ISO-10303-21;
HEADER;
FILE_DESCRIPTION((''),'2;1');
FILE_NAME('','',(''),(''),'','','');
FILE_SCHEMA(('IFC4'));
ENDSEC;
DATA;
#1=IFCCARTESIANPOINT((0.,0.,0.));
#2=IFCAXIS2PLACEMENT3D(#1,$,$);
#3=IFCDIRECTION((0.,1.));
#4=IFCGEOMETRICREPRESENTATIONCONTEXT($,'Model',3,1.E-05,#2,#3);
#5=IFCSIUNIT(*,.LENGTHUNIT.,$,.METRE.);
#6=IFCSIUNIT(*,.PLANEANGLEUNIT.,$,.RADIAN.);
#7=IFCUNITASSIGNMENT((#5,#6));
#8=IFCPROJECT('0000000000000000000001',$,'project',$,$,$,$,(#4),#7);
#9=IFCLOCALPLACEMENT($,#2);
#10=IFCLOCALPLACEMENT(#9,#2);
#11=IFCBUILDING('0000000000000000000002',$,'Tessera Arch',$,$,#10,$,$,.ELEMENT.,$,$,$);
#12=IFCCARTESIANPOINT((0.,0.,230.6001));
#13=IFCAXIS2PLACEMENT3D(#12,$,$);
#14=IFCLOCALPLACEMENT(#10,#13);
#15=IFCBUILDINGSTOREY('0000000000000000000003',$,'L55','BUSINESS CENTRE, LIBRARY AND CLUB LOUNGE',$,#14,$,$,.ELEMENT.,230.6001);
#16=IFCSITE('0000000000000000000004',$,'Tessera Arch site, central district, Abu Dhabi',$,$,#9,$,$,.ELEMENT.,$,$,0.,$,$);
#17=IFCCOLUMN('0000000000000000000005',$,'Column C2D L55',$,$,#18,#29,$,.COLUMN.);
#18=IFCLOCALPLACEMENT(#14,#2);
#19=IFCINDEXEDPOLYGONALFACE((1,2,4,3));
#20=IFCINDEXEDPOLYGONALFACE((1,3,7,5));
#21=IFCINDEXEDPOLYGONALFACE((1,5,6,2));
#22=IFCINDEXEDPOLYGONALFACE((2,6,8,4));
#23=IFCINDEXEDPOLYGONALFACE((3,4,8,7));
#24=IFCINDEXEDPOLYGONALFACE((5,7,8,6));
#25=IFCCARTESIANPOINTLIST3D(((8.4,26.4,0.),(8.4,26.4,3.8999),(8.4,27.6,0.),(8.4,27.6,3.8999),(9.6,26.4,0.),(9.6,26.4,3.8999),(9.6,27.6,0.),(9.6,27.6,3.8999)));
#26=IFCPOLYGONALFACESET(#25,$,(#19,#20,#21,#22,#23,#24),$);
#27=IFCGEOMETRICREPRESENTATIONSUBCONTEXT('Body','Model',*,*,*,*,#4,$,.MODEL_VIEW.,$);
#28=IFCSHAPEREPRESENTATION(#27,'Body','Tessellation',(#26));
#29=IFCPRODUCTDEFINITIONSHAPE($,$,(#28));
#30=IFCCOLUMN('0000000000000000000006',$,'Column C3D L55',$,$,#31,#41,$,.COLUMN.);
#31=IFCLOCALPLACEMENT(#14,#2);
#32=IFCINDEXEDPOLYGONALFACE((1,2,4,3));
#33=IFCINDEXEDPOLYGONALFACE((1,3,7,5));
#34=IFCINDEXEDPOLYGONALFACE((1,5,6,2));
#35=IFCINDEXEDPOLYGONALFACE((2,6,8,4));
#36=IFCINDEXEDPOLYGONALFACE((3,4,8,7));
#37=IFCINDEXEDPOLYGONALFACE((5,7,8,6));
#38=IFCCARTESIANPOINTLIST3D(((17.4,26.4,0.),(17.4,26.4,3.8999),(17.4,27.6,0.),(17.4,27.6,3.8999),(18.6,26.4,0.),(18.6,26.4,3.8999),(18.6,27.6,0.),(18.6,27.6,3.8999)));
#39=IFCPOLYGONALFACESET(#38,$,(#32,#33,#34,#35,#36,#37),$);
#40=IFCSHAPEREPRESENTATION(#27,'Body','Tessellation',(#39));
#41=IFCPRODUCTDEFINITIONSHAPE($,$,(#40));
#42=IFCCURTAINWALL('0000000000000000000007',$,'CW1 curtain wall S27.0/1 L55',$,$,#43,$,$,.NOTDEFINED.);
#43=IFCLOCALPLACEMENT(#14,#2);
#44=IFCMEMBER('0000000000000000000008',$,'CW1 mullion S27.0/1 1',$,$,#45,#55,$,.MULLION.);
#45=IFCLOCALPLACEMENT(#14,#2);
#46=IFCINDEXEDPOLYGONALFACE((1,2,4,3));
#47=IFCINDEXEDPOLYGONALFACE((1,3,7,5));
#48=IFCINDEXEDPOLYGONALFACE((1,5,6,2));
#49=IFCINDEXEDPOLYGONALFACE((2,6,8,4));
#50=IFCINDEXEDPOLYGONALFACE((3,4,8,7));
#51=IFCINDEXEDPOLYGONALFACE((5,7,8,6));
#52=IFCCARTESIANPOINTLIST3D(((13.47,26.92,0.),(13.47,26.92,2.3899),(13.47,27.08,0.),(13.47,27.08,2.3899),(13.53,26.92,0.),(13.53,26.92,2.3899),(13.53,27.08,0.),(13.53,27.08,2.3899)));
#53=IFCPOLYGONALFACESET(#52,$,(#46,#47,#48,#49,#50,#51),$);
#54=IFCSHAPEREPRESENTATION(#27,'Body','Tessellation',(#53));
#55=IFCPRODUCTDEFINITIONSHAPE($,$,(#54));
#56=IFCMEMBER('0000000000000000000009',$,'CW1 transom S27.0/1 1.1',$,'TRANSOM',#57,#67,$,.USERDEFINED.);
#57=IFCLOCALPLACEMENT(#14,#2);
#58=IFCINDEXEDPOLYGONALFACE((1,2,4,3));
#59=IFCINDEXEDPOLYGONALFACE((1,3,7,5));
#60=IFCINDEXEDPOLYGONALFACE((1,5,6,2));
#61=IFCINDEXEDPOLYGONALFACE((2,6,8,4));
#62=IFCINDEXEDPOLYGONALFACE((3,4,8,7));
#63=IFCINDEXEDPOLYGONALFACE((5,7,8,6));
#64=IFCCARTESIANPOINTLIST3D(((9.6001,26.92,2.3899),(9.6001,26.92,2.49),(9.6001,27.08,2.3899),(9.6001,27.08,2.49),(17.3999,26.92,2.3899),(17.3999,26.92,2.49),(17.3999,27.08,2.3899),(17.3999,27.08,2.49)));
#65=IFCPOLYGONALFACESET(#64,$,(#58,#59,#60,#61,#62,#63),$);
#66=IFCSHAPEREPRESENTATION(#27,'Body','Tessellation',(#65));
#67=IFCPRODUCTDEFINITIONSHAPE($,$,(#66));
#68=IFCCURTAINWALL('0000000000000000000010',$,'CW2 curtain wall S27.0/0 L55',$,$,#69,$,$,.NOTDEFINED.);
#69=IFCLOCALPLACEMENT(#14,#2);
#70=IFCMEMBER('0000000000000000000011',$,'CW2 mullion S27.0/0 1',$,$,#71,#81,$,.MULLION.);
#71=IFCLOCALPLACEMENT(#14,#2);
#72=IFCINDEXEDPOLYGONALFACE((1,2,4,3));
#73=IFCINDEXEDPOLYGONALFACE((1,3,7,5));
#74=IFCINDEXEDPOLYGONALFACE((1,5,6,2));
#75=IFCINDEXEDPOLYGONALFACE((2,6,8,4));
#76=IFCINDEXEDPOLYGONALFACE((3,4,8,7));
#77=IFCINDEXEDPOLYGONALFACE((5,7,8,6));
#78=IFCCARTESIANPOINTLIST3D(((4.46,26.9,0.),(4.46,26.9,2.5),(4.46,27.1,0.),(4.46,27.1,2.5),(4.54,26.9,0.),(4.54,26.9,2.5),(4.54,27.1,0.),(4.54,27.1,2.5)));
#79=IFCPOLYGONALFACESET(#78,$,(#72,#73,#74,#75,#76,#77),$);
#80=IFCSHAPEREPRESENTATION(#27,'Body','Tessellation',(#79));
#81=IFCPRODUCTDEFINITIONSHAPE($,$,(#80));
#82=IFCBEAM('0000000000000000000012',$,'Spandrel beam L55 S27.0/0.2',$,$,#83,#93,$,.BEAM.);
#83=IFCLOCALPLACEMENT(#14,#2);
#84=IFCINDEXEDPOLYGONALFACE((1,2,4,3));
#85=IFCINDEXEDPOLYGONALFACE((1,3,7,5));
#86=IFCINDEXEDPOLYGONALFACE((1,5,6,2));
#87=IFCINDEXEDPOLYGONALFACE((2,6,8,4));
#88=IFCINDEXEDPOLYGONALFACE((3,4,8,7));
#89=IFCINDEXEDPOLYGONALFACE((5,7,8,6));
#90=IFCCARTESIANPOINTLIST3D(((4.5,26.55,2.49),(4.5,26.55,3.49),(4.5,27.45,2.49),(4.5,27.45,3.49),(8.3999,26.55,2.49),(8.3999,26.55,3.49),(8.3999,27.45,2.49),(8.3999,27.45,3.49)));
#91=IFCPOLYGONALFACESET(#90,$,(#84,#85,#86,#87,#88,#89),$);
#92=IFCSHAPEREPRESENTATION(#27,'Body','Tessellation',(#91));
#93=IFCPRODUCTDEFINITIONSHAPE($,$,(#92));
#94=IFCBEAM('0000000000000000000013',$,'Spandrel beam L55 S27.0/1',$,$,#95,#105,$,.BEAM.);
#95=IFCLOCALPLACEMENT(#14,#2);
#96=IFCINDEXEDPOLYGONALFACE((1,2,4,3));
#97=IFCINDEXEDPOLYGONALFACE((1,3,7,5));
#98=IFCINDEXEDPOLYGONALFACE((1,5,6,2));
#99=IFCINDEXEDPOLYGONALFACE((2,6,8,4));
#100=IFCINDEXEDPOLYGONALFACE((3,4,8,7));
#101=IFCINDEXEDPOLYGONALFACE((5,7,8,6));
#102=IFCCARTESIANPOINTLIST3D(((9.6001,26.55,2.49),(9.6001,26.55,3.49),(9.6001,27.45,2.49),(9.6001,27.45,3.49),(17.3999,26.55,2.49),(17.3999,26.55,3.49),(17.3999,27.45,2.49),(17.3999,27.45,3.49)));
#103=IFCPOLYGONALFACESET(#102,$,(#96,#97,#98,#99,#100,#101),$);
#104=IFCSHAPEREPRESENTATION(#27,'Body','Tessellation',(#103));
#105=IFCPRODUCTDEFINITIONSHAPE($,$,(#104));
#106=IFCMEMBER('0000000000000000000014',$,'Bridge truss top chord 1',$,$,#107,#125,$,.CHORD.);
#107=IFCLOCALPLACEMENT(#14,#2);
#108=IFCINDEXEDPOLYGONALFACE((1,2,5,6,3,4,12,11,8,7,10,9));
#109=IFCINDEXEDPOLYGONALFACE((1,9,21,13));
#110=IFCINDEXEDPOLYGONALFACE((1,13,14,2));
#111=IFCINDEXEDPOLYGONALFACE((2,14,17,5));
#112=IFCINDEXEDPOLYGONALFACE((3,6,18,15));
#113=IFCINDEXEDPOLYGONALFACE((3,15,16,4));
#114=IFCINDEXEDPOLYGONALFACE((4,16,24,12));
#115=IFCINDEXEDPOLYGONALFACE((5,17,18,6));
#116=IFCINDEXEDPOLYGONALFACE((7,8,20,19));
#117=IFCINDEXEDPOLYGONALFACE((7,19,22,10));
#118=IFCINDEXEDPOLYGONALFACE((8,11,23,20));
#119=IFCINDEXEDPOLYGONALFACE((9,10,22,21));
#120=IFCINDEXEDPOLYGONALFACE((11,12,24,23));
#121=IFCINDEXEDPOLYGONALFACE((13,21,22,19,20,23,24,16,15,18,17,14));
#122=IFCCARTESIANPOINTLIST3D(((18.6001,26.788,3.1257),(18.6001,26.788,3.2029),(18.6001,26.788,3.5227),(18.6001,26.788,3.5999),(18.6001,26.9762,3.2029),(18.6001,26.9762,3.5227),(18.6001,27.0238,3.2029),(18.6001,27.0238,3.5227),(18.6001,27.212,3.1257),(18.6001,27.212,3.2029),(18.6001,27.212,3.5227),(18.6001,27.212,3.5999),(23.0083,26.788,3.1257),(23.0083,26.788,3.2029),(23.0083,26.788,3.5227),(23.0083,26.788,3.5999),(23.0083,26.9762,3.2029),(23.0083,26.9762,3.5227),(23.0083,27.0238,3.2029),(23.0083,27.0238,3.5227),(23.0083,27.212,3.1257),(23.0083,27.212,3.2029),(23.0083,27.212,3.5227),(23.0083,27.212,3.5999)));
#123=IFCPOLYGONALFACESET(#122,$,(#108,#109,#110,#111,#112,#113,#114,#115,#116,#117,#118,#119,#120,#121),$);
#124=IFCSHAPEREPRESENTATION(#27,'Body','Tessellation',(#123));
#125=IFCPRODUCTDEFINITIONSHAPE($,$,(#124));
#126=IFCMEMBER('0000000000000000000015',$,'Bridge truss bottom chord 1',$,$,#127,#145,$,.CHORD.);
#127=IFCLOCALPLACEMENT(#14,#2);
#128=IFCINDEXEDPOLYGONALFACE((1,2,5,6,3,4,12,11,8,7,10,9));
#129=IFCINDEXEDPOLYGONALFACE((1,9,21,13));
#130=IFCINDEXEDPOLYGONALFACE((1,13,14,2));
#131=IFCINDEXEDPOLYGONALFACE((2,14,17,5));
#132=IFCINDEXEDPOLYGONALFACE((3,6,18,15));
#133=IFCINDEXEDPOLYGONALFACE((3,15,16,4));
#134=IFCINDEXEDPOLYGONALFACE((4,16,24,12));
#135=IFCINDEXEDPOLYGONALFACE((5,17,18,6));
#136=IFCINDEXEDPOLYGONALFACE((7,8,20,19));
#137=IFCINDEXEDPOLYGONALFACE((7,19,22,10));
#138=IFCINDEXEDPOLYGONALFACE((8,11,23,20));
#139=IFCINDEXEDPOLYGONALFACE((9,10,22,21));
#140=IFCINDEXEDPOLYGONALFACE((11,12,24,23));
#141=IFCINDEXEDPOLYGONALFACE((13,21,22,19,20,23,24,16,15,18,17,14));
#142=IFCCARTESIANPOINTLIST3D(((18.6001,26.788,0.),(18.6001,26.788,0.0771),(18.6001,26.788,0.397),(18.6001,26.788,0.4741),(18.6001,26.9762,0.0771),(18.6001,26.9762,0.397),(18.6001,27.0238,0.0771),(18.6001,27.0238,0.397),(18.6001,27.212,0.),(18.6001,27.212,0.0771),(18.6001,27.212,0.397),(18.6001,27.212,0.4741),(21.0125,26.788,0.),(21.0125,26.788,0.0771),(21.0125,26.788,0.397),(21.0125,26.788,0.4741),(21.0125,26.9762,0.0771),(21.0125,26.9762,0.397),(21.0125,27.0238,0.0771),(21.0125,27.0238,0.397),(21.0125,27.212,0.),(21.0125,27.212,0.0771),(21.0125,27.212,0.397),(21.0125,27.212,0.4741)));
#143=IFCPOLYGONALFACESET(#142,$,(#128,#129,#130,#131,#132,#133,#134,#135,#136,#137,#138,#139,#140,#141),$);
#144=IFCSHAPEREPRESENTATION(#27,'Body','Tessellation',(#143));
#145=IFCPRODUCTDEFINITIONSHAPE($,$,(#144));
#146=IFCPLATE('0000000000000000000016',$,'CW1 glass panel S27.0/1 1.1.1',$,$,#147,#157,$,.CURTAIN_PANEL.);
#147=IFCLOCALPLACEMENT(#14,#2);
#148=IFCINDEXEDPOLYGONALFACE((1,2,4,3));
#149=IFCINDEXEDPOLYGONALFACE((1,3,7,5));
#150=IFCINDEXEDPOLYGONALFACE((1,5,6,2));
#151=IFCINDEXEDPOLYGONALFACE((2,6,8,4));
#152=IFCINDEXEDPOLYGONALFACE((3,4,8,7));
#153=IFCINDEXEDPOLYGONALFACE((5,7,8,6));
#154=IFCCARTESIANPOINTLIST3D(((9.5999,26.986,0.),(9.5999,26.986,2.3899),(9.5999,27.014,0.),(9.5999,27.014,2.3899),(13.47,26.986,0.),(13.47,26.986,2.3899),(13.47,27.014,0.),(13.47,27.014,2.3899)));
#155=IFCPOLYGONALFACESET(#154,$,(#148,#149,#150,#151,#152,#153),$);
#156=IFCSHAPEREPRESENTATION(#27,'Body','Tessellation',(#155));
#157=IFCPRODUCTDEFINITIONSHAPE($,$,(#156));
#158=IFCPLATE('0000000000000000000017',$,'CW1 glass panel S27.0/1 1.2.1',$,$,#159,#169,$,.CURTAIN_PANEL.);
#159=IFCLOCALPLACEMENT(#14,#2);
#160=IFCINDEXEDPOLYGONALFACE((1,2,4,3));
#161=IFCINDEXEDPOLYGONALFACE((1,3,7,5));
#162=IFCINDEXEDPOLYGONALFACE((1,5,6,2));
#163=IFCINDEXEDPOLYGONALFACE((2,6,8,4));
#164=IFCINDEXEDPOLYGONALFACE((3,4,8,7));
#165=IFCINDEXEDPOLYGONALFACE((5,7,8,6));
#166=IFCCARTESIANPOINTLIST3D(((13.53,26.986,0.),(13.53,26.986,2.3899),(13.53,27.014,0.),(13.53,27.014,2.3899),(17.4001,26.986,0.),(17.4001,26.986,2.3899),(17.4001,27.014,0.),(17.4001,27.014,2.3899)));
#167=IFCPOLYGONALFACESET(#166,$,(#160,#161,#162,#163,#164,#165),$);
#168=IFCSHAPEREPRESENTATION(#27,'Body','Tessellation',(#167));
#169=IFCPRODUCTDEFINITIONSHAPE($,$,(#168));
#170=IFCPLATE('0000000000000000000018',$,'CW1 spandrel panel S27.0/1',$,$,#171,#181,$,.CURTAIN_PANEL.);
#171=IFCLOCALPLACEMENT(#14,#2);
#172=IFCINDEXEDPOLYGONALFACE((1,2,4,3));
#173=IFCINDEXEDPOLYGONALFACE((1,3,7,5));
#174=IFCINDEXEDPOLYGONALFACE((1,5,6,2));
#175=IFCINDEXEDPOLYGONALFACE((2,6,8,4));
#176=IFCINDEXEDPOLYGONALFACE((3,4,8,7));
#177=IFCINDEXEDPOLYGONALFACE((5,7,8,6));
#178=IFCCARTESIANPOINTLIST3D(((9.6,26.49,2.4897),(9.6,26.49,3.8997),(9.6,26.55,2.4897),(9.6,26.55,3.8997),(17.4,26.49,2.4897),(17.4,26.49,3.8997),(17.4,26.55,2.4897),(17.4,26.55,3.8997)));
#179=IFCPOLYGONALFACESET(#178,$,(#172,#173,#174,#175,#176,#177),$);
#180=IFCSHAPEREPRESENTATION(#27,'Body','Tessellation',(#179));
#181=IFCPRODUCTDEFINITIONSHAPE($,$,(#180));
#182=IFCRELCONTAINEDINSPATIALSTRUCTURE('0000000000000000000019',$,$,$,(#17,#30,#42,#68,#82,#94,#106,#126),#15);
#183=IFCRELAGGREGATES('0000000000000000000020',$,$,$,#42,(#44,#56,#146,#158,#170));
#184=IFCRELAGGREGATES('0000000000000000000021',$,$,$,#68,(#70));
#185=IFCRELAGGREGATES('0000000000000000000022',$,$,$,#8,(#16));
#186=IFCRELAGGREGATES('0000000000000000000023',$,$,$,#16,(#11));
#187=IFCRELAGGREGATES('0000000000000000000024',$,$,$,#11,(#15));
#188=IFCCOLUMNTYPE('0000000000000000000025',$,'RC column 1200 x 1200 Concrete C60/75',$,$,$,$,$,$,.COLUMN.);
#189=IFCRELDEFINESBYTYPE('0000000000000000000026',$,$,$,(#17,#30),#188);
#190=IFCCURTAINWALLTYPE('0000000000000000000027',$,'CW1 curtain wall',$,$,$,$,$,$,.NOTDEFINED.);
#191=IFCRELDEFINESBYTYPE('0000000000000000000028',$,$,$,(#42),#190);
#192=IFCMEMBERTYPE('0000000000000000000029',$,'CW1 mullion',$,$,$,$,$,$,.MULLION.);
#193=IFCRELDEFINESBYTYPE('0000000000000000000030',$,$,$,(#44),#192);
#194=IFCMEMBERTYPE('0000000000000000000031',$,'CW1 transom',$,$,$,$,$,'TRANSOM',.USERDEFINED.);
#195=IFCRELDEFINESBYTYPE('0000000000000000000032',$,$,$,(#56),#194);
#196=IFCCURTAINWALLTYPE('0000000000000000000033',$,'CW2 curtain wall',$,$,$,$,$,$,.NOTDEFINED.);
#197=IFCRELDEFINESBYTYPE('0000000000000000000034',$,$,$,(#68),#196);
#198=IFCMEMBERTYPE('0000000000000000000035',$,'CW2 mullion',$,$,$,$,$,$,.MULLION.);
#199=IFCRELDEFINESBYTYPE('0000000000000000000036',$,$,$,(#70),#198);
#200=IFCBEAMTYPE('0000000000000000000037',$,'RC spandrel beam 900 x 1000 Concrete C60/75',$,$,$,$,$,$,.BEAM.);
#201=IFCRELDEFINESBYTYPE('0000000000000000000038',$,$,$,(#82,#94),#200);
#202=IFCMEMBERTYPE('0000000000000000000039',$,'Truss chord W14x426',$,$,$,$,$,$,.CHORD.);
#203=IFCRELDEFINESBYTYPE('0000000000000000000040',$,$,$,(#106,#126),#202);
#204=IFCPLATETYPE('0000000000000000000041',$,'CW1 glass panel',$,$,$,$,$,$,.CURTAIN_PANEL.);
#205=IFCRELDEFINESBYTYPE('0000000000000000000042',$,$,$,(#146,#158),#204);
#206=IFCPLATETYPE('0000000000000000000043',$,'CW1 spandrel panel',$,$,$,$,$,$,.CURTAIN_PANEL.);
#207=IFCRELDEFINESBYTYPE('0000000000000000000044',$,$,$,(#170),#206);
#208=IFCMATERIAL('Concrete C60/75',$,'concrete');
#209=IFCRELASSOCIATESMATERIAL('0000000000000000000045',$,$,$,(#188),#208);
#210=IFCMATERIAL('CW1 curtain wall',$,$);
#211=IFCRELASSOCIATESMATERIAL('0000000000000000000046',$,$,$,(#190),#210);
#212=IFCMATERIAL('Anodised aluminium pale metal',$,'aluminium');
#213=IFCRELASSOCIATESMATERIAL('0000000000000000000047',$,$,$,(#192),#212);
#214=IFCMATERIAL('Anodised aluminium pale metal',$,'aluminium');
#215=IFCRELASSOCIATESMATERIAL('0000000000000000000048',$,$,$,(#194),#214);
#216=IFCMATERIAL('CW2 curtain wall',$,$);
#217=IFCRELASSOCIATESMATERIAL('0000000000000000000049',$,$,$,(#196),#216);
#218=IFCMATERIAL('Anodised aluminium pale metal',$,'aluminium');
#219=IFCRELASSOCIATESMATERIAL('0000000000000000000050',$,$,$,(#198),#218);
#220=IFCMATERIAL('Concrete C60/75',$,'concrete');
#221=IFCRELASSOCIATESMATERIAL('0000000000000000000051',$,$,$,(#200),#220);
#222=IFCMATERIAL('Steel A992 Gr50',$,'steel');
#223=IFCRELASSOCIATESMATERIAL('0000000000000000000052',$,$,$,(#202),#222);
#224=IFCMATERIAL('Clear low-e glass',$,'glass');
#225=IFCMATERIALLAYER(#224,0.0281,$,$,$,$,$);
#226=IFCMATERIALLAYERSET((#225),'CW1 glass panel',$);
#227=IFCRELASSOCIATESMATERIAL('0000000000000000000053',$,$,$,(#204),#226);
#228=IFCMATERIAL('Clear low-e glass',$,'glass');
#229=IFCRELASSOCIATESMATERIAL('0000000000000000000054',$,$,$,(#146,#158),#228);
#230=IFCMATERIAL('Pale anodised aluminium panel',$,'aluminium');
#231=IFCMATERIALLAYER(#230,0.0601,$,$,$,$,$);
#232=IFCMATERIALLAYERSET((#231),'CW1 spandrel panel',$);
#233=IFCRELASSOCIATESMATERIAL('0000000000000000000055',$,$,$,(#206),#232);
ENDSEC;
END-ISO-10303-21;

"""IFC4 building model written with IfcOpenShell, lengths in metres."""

from ifc_helpers import new_model, si_unit, direction, frame, origin, origin_2d, place, context, subcontext, project, spatial, rectangle, i_section, extrude, material, layer, layer_set, material_profile, profile_set, type_object, element, aggregate, save


model = new_model("IFC4")

# Units and contexts
model_context = context("Model", 3, precision=1e-05, world=origin(), true_north=direction((0.0, 1.0)))
body_context = subcontext(model_context, "Body", "Model", "MODEL_VIEW")
ifc_project = project(units=[si_unit("LENGTHUNIT", "METRE"), si_unit("PLANEANGLEUNIT", "RADIAN")], contexts=[model_context])

# Site, building, storey
site_placement = place(None, origin())
site = spatial("IfcSite", under=ifc_project, at=site_placement, Name="Tessera Arch site, central district, Abu Dhabi", CompositionType="ELEMENT", RefElevation=0.0)
building_placement = place(site_placement, origin())
building = spatial("IfcBuilding", under=site, at=building_placement, Name="Tessera Arch", CompositionType="ELEMENT")
storey_placement = place(building_placement, frame((0.0, 0.0, 230.6001)))
storey = spatial("IfcBuildingStorey", under=building, at=storey_placement, Name="L55", Description="BUSINESS CENTRE, LIBRARY AND CLUB LOUNGE", CompositionType="ELEMENT", Elevation=230.6001)

# Columns
ifc_material_1 = material(Name="Concrete C60/75", Category="concrete")
ifc_material_profile_1 = material_profile(ifc_material_1, rectangle(XDim=1.2, YDim=1.2, at=origin_2d()), Name="RC column 1200 x 1200 Concrete C60/75")
ifc_profile_set_1 = profile_set([ifc_material_profile_1], Name="Concrete C60/75")
column_type = type_object("IfcColumnType", Name="RC column 1200 x 1200 Concrete C60/75", PredefinedType="COLUMN", material=ifc_profile_set_1)
for number, where, z_axis, x_axis, name in (
    (1, (9.0, 27.0, 0.0), (0.0, 0.0, 1.0), (1.0, 0.0, 0.0), "Column C2D L55"),
    (2, (18.0, 27.0, 0.0), (0.0, 0.0, 1.0), (1.0, 0.0, 0.0), "Column C3D L55"),
):
    element("IfcColumn", number, at=place(storey_placement, frame(where, z_axis=z_axis, x_axis=x_axis)), inside=storey, type_object=column_type, Name=name, PredefinedType="COLUMN", context=body_context, shape_type="SweptSolid", body=[
        extrude(rectangle(XDim=1.2, YDim=1.2, at=origin_2d()), origin(), (0.0, 0.0, 1.0), 3.8999),
    ])

# Curtain wall, members
ifc_material_2 = material(Name="CW1 curtain wall")
curtain_wall_type_1 = type_object("IfcCurtainWallType", Name="CW1 curtain wall", PredefinedType="NOTDEFINED", material=ifc_material_2)
curtain_wall_1_placement = place(storey_placement, origin())
curtain_wall_1 = element("IfcCurtainWall", 3, at=curtain_wall_1_placement, inside=storey, type_object=curtain_wall_type_1, Name="CW1 curtain wall S27.0/1 L55", PredefinedType="NOTDEFINED")
ifc_material_3 = material(Name="Anodised aluminium pale metal", Category="aluminium")
ifc_material_profile_2 = material_profile(ifc_material_3, rectangle(XDim=0.1599, YDim=0.0601, at=origin_2d()), Name="AL 60x160")
ifc_profile_set_2 = profile_set([ifc_material_profile_2], Name="Anodised aluminium pale metal")
member_type_1 = type_object("IfcMemberType", Name="CW1 mullion", PredefinedType="MULLION", material=ifc_profile_set_2)
member_1_placement = place(storey_placement, frame((13.5, 27.0, 0.0), z_axis=(0.0, 0.0, 1.0), x_axis=(0.0, 1.0, 0.0)))
member_1 = element("IfcMember", 4, at=member_1_placement, type_object=member_type_1, Name="CW1 mullion S27.0/1 1", PredefinedType="MULLION", context=body_context, shape_type="SweptSolid", body=[
    extrude(rectangle(XDim=0.1599, YDim=0.0601, at=origin_2d()), origin(), (0.0, 0.0, 1.0), 2.3899),
])
ifc_material_4 = material(Name="Anodised aluminium pale metal", Category="aluminium")
ifc_material_profile_3 = material_profile(ifc_material_4, rectangle(XDim=0.1599, YDim=0.1001, at=origin_2d()), Name="AL 160x100")
ifc_profile_set_3 = profile_set([ifc_material_profile_3], Name="Anodised aluminium pale metal")
member_type_2 = type_object("IfcMemberType", Name="CW1 transom", ElementType="TRANSOM", PredefinedType="USERDEFINED", material=ifc_profile_set_3)
member_2_placement = place(storey_placement, frame((9.6001, 27.0, 2.4399), z_axis=(1.0, 0.0, 0.0), x_axis=(0.0, 1.0, 0.0)))
member_2 = element("IfcMember", 5, at=member_2_placement, type_object=member_type_2, Name="CW1 transom S27.0/1 1.1", ObjectType="TRANSOM", PredefinedType="USERDEFINED", context=body_context, shape_type="SweptSolid", body=[
    extrude(rectangle(XDim=0.1599, YDim=0.1001, at=origin_2d()), origin(), (0.0, 0.0, 1.0), 7.7998),
])

# Curtain wall, member
ifc_material_5 = material(Name="CW2 curtain wall")
curtain_wall_type_2 = type_object("IfcCurtainWallType", Name="CW2 curtain wall", PredefinedType="NOTDEFINED", material=ifc_material_5)
curtain_wall_2_placement = place(storey_placement, origin())
curtain_wall_2 = element("IfcCurtainWall", 6, at=curtain_wall_2_placement, inside=storey, type_object=curtain_wall_type_2, Name="CW2 curtain wall S27.0/0 L55", PredefinedType="NOTDEFINED")
ifc_material_6 = material(Name="Anodised aluminium pale metal", Category="aluminium")
ifc_material_profile_4 = material_profile(ifc_material_6, rectangle(XDim=0.2, YDim=0.0801, at=origin_2d()), Name="AL 80x200")
ifc_profile_set_4 = profile_set([ifc_material_profile_4], Name="Anodised aluminium pale metal")
member_type_3 = type_object("IfcMemberType", Name="CW2 mullion", PredefinedType="MULLION", material=ifc_profile_set_4)
member_3_placement = place(storey_placement, frame((4.5, 27.0, 0.0), z_axis=(0.0, 0.0, 1.0), x_axis=(0.0, 1.0, 0.0)))
member_3 = element("IfcMember", 7, at=member_3_placement, type_object=member_type_3, Name="CW2 mullion S27.0/0 1", PredefinedType="MULLION", context=body_context, shape_type="SweptSolid", body=[
    extrude(rectangle(XDim=0.2, YDim=0.0801, at=origin_2d()), origin(), (0.0, 0.0, 1.0), 2.5),
])

# Beams
ifc_material_7 = material(Name="Concrete C60/75", Category="concrete")
ifc_material_profile_5 = material_profile(ifc_material_7, rectangle(XDim=0.8999, YDim=1.0, at=origin_2d()), Name="RC spandrel beam 900 x 1000 Concrete C60/75")
ifc_profile_set_5 = profile_set([ifc_material_profile_5], Name="Concrete C60/75")
beam_type = type_object("IfcBeamType", Name="RC spandrel beam 900 x 1000 Concrete C60/75", PredefinedType="BEAM", material=ifc_profile_set_5)
beam_1_placement = place(storey_placement, frame((4.5, 27.0, 2.99), z_axis=(1.0, 0.0, 0.0), x_axis=(0.0, 1.0, 0.0)))
element("IfcBeam", 8, at=beam_1_placement, inside=storey, type_object=beam_type, Name="Spandrel beam L55 S27.0/0.2", PredefinedType="BEAM", context=body_context, shape_type="SweptSolid", body=[
    extrude(rectangle(XDim=0.8999, YDim=1.0, at=origin_2d()), origin(), (0.0, 0.0, 1.0), 3.8999),
])
beam_2_placement = place(storey_placement, frame((9.6001, 27.0, 2.99), z_axis=(1.0, 0.0, 0.0), x_axis=(0.0, 1.0, 0.0)))
element("IfcBeam", 9, at=beam_2_placement, inside=storey, type_object=beam_type, Name="Spandrel beam L55 S27.0/1", PredefinedType="BEAM", context=body_context, shape_type="SweptSolid", body=[
    extrude(rectangle(XDim=0.8999, YDim=1.0, at=origin_2d()), origin(), (0.0, 0.0, 1.0), 7.7998),
])

# Members
ifc_material_8 = material(Name="Steel A992 Gr50", Category="steel")
ifc_material_profile_6 = material_profile(ifc_material_8, i_section(OverallWidth=0.4241, OverallDepth=0.4741, WebThickness=0.0476, FlangeThickness=0.0771, at=origin_2d()), Name="W14x426")
ifc_profile_set_6 = profile_set([ifc_material_profile_6], Name="Steel A992 Gr50")
member_type_4 = type_object("IfcMemberType", Name="Truss chord W14x426", PredefinedType="CHORD", material=ifc_profile_set_6)
member_4_placement = place(storey_placement, frame((18.6001, 27.0, 3.3628), z_axis=(1.0, 0.0, 0.0), x_axis=(0.0, 1.0, 0.0)))
element("IfcMember", 10, at=member_4_placement, inside=storey, type_object=member_type_4, Name="Bridge truss top chord 1", PredefinedType="CHORD", context=body_context, shape_type="SweptSolid", body=[
    extrude(i_section(OverallWidth=0.4241, OverallDepth=0.4741, WebThickness=0.0476, FlangeThickness=0.0771, at=origin_2d()), origin(), (0.0, 0.0, 1.0), 4.4082),
])
member_5_placement = place(storey_placement, frame((18.6001, 27.0, 0.2371), z_axis=(1.0, 0.0, 0.0), x_axis=(0.0, 1.0, 0.0)))
element("IfcMember", 11, at=member_5_placement, inside=storey, type_object=member_type_4, Name="Bridge truss bottom chord 1", PredefinedType="CHORD", context=body_context, shape_type="SweptSolid", body=[
    extrude(i_section(OverallWidth=0.4241, OverallDepth=0.4741, WebThickness=0.0476, FlangeThickness=0.0771, at=origin_2d()), origin(), (0.0, 0.0, 1.0), 2.4124),
])

# Plates
ifc_material_9 = material(Name="Clear low-e glass", Category="glass")
ifc_material_10 = material(Name="Clear low-e glass", Category="glass")
ifc_layer_1 = layer(ifc_material_10, 0.0281)
ifc_layer_set_1 = layer_set([ifc_layer_1], Name="CW1 glass panel")
plate_type_1 = type_object("IfcPlateType", Name="CW1 glass panel", PredefinedType="CURTAIN_PANEL", material=ifc_layer_set_1)
plate_1_placement = place(storey_placement, frame((11.5349, 27.0, 0.0), z_axis=(0.0, 0.0, 1.0), x_axis=(1.0, 0.0, 0.0)))
plate_1 = element("IfcPlate", 12, at=plate_1_placement, type_object=plate_type_1, material=ifc_material_9, Name="CW1 glass panel S27.0/1 1.1.1", PredefinedType="CURTAIN_PANEL", context=body_context, shape_type="SweptSolid", body=[
    extrude(rectangle(XDim=3.8701, YDim=0.0281, at=origin_2d()), origin(), (0.0, 0.0, 1.0), 2.3899),
])
plate_2_placement = place(storey_placement, frame((15.4651, 27.0, 0.0), z_axis=(0.0, 0.0, 1.0), x_axis=(1.0, 0.0, 0.0)))
plate_2 = element("IfcPlate", 13, at=plate_2_placement, type_object=plate_type_1, material=ifc_material_9, Name="CW1 glass panel S27.0/1 1.2.1", PredefinedType="CURTAIN_PANEL", context=body_context, shape_type="SweptSolid", body=[
    extrude(rectangle(XDim=3.8701, YDim=0.0281, at=origin_2d()), origin(), (0.0, 0.0, 1.0), 2.3899),
])
ifc_material_11 = material(Name="Pale anodised aluminium panel", Category="aluminium")
ifc_layer_2 = layer(ifc_material_11, 0.0601)
ifc_layer_set_2 = layer_set([ifc_layer_2], Name="CW1 spandrel panel")
plate_type_2 = type_object("IfcPlateType", Name="CW1 spandrel panel", PredefinedType="CURTAIN_PANEL", material=ifc_layer_set_2)
plate_3_placement = place(storey_placement, frame((13.5, 26.52, 2.4897), z_axis=(0.0, 0.0, 1.0), x_axis=(1.0, 0.0, 0.0)))
plate_3 = element("IfcPlate", 14, at=plate_3_placement, type_object=plate_type_2, Name="CW1 spandrel panel S27.0/1", PredefinedType="CURTAIN_PANEL", context=body_context, shape_type="SweptSolid", body=[
    extrude(rectangle(XDim=7.8, YDim=0.0601, at=origin_2d()), origin(), (0.0, 0.0, 1.0), 1.4099),
])
aggregate(curtain_wall_1, [member_1, member_2, plate_1, plate_2, plate_3])
aggregate(curtain_wall_2, [member_3])

save(model, "model.ifc")
